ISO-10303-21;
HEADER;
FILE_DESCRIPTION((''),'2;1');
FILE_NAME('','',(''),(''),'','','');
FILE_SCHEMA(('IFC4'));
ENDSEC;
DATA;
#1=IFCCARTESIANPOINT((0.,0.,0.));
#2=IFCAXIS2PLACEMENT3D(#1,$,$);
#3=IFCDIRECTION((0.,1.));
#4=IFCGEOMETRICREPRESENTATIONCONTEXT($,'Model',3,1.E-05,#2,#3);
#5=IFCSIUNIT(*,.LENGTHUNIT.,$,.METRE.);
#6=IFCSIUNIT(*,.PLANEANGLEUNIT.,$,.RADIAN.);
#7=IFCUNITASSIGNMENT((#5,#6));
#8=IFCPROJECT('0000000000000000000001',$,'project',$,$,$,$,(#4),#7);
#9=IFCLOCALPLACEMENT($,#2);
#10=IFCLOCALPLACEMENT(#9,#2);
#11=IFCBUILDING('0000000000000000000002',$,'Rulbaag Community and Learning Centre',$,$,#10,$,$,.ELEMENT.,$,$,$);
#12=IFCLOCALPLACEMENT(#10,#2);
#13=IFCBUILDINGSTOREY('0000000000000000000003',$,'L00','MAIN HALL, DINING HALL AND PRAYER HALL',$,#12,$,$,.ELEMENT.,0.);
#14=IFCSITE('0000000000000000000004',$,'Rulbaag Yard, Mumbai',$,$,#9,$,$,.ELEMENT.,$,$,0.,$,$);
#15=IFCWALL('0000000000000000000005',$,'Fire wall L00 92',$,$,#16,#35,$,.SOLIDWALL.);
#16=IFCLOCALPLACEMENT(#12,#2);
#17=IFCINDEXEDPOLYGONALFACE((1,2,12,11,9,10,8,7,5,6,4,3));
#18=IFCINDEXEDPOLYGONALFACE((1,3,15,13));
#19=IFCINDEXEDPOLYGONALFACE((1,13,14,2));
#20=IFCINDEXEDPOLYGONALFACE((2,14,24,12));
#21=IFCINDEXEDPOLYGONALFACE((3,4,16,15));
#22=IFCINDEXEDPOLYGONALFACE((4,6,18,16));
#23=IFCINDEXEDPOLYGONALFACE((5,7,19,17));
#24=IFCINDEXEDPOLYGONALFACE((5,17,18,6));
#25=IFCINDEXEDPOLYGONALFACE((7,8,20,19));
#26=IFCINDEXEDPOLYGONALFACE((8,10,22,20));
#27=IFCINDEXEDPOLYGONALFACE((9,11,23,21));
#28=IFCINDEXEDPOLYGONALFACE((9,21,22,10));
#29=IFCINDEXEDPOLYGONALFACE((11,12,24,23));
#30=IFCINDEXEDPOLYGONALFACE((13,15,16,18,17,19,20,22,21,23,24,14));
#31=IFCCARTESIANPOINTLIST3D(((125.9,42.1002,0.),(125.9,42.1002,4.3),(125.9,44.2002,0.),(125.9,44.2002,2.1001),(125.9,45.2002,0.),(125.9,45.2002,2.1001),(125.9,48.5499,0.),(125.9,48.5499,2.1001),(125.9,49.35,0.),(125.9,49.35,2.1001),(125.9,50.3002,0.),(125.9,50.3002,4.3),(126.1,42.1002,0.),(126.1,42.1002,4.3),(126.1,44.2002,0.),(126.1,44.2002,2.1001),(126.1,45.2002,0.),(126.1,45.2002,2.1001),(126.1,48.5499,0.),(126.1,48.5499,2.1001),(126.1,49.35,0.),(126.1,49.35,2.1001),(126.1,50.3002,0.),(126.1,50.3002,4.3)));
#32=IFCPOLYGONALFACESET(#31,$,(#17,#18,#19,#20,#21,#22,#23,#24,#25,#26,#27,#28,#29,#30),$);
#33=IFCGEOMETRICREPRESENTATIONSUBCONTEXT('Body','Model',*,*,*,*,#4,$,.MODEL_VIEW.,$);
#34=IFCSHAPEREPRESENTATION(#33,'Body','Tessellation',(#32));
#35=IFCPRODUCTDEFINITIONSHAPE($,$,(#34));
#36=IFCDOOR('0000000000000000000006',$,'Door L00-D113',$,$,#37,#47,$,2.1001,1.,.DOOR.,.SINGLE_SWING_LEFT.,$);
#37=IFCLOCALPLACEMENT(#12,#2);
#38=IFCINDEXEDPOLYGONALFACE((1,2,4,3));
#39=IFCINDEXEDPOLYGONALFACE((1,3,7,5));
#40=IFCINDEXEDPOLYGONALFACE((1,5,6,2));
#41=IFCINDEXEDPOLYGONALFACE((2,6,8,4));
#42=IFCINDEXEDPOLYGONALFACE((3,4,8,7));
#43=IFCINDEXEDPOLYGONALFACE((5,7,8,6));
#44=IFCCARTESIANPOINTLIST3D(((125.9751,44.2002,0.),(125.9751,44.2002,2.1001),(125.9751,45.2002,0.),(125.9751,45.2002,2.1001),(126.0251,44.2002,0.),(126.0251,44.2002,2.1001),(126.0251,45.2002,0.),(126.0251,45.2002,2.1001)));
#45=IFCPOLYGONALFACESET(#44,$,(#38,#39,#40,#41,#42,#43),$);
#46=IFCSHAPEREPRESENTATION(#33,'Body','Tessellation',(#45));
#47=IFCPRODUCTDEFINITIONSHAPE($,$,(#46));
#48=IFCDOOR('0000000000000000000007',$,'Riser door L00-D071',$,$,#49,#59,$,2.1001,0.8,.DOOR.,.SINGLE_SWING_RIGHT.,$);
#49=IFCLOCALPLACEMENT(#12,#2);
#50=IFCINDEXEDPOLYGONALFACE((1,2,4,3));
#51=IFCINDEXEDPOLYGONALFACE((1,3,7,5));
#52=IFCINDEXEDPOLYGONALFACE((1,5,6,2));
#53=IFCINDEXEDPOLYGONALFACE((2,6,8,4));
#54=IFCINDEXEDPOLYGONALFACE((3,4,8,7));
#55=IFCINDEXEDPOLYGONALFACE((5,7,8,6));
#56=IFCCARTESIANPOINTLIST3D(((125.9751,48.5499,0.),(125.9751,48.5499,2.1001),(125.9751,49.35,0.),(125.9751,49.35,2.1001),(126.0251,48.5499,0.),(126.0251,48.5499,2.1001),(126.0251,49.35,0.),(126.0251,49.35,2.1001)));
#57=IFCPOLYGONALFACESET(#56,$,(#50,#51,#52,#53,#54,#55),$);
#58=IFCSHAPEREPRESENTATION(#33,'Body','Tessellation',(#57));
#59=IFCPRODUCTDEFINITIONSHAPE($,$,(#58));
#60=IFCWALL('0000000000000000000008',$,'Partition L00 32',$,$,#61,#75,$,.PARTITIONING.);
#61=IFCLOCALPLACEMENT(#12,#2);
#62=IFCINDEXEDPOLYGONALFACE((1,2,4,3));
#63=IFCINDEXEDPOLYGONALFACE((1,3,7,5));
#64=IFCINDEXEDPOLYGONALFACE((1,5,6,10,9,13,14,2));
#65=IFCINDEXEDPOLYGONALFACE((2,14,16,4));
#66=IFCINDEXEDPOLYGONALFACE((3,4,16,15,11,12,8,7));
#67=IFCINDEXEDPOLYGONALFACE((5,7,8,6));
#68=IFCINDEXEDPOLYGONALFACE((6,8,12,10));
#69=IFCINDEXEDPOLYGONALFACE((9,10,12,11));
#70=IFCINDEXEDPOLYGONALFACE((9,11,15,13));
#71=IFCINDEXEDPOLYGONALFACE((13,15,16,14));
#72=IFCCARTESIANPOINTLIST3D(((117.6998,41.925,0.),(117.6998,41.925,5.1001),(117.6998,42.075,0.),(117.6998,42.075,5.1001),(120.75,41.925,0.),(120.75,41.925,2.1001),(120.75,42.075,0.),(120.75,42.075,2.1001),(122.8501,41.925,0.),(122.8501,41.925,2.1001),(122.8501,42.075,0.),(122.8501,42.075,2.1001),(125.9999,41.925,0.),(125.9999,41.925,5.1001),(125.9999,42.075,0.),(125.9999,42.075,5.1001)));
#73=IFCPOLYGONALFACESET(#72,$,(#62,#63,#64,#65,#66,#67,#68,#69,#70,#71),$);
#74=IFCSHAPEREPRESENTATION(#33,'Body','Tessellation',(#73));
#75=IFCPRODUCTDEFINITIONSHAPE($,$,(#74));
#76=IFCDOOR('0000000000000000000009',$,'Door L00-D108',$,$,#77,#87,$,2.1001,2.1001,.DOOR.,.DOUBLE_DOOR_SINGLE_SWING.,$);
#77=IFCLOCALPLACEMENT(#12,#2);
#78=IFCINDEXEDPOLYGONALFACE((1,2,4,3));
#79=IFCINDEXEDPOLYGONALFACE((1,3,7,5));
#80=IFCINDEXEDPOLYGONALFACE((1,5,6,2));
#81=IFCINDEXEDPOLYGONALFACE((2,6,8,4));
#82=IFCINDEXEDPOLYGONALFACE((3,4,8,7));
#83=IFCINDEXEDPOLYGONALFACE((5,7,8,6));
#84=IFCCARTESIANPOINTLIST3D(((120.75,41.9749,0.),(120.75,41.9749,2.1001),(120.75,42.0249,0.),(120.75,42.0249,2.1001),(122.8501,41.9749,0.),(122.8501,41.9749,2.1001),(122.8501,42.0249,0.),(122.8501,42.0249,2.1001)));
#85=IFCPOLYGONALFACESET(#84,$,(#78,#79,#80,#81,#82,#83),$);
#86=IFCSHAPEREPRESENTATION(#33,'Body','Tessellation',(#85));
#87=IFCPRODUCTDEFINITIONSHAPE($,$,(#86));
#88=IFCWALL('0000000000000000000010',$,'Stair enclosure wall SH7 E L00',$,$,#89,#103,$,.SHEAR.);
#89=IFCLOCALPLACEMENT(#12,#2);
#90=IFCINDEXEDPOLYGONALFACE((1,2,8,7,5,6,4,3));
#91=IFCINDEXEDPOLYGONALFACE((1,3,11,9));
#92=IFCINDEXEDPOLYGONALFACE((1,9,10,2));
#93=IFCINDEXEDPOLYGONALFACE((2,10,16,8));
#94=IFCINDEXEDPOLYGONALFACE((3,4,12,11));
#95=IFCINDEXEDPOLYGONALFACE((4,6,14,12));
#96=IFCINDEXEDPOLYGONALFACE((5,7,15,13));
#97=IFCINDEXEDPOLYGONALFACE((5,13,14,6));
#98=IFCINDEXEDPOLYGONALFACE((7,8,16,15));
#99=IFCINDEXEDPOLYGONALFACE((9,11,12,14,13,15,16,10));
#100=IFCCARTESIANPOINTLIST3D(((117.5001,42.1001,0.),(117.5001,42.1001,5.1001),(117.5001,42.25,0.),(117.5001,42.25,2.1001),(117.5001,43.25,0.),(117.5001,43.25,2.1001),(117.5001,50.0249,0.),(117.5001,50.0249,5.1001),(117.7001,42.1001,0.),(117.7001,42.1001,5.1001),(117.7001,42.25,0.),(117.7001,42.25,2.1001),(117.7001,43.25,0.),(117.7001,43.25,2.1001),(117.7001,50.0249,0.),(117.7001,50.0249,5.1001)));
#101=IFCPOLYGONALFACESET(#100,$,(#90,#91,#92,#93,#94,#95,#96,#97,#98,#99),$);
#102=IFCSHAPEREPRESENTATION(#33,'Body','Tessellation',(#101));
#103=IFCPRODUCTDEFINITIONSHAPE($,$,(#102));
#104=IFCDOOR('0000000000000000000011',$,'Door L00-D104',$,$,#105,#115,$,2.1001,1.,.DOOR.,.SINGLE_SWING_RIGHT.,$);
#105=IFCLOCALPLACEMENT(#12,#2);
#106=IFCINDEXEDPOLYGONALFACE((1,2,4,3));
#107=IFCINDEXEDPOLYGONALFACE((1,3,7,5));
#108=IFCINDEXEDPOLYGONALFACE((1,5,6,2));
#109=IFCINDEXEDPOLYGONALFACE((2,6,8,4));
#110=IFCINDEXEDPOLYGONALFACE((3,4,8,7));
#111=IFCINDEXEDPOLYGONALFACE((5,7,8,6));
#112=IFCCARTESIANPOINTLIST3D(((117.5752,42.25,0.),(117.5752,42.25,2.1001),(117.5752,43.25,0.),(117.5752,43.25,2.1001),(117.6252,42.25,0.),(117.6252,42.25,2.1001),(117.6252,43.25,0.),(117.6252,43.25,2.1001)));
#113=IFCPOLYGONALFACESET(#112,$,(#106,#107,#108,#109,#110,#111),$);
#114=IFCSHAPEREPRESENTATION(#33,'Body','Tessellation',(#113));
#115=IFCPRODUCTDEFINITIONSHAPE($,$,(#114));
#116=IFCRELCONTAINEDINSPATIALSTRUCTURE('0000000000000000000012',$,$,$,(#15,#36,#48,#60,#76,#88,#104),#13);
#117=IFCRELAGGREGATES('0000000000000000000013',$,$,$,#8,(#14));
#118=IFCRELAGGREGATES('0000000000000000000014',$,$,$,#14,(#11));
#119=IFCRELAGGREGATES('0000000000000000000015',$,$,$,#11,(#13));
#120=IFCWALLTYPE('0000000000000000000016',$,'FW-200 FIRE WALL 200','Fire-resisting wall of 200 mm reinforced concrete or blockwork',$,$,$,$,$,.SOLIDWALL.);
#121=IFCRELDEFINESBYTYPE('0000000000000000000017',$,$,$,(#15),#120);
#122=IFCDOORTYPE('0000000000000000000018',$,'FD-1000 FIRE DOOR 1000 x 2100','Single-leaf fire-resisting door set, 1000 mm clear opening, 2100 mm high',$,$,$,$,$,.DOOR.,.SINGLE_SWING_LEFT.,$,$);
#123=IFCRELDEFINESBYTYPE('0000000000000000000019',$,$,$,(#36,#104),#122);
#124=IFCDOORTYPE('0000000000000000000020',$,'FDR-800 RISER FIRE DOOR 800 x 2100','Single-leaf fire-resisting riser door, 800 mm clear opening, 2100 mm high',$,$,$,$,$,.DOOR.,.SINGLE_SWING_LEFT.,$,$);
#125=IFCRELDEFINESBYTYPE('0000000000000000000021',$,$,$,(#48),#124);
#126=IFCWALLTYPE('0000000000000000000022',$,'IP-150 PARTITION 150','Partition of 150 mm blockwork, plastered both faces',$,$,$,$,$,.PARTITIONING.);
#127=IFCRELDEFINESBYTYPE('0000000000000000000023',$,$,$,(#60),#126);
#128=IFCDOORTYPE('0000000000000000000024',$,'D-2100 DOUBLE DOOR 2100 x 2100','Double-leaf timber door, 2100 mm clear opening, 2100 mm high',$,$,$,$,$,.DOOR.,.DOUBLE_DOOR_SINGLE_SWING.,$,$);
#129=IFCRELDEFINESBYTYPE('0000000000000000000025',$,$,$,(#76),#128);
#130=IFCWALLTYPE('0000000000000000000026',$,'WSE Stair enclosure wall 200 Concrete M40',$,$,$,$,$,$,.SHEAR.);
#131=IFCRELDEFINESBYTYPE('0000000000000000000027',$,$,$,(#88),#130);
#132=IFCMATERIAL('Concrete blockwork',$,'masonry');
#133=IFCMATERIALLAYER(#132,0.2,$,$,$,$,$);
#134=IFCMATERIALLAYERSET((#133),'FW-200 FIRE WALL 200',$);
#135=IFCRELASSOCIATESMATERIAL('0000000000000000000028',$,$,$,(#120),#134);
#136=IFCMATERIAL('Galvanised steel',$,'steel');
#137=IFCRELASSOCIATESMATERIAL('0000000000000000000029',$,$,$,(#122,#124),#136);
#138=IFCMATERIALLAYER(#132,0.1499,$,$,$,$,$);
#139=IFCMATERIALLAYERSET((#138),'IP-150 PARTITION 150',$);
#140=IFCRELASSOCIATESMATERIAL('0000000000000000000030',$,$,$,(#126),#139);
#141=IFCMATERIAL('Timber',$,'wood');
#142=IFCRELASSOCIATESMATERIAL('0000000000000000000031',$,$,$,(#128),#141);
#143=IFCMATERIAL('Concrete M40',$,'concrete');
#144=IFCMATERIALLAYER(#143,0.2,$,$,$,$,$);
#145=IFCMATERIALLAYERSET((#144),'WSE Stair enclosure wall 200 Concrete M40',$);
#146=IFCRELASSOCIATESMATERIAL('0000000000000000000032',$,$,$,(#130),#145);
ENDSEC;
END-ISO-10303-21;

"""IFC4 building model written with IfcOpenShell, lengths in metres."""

from ifc_helpers import new_model, si_unit, direction, frame, frame_2d, origin, place, context, subcontext, project, spatial, rectangle, extrude, material, layer, layer_set, type_object, element, fill, save


model = new_model("IFC4")

# Units and contexts
model_context = context("Model", 3, precision=1e-05, world=origin(), true_north=direction((0.0, 1.0)))
body_context = subcontext(model_context, "Body", "Model", "MODEL_VIEW")
ifc_project = project(units=[si_unit("LENGTHUNIT", "METRE"), si_unit("PLANEANGLEUNIT", "RADIAN")], contexts=[model_context])

# Site, building, storey
site_placement = place(None, origin())
site = spatial("IfcSite", under=ifc_project, at=site_placement, Name="Rulbaag Yard, Mumbai", CompositionType="ELEMENT", RefElevation=0.0)
building_placement = place(site_placement, origin())
building = spatial("IfcBuilding", under=site, at=building_placement, Name="Rulbaag Community and Learning Centre", CompositionType="ELEMENT")
storey_placement = place(building_placement, origin())
storey = spatial("IfcBuildingStorey", under=building, at=storey_placement, Name="L00", Description="MAIN HALL, DINING HALL AND PRAYER HALL", CompositionType="ELEMENT", Elevation=0.0)

# Shared definitions
ifc_material_1 = material(Name="Concrete M40", Category="concrete")

# Shared definitions
ifc_material_2 = material(Name="Concrete blockwork", Category="masonry")
ifc_layer_1 = layer(ifc_material_2, 0.2)
ifc_layer_set_1 = layer_set([ifc_layer_1], Name="FW-200 FIRE WALL 200")
wall_type_1 = type_object("IfcWallType", Name="FW-200 FIRE WALL 200", Description="Fire-resisting wall of 200 mm reinforced concrete or blockwork", PredefinedType="SOLIDWALL", material=ifc_layer_set_1)

# Wall, openings, doors
wall_1_placement = place(storey_placement, frame((126.0, 42.1001, 0.0), z_axis=(0.0, 0.0, 1.0), x_axis=(0.0, 1.0, 0.0)))
wall_1 = element("IfcWall", 1, at=wall_1_placement, inside=storey, type_object=wall_type_1, Name="Fire wall L00 92", PredefinedType="SOLIDWALL", context=body_context, shape_type="SweptSolid", body=[
    extrude(rectangle(XDim=8.2, YDim=0.2, at=frame_2d((4.1001, 0.0))), origin(), (0.0, 0.0, 1.0), 4.3),
])
opening_1_placement = place(wall_1_placement, frame((6.45, 0.0, 0.0)))
opening_1 = element("IfcOpeningElement", 2, at=opening_1_placement, cuts=wall_1, PredefinedType="OPENING", context=body_context, shape_type="SweptSolid", body=[
    extrude(rectangle(XDim=0.8, YDim=2.1001, at=frame_2d((0.3999, 1.05))), frame((0.0, 0.1099, 0.0), z_axis=(0.0, -1.0, 0.0), x_axis=(1.0, 0.0, 0.0)), (0.0, 0.0, 1.0), 0.22),
])
opening_2_placement = place(wall_1_placement, frame((2.1001, 0.0, 0.0)))
opening_2 = element("IfcOpeningElement", 3, at=opening_2_placement, cuts=wall_1, PredefinedType="OPENING", context=body_context, shape_type="SweptSolid", body=[
    extrude(rectangle(XDim=1.0, YDim=2.1001, at=frame_2d((0.5, 1.05))), frame((0.0, 0.1099, 0.0), z_axis=(0.0, -1.0, 0.0), x_axis=(1.0, 0.0, 0.0)), (0.0, 0.0, 1.0), 0.22),
])
ifc_material_3 = material(Name="Galvanised steel", Category="steel")
door_type_1 = type_object("IfcDoorType", Name="FD-1000 FIRE DOOR 1000 x 2100", Description="Single-leaf fire-resisting door set, 1000 mm clear opening, 2100 mm high", OperationType="SINGLE_SWING_LEFT", PredefinedType="DOOR", material=ifc_material_3)
door_1_placement = place(opening_2_placement, origin())
door_1 = element("IfcDoor", 4, at=door_1_placement, inside=storey, type_object=door_type_1, Name="Door L00-D113", OperationType="SINGLE_SWING_LEFT", OverallHeight=2.1001, OverallWidth=1.0, PredefinedType="DOOR", context=body_context, shape_type="SweptSolid", body=[
    extrude(rectangle(XDim=1.0, YDim=2.1001, at=frame_2d((0.5, 1.05))), frame((0.0, 0.0249, 0.0), z_axis=(0.0, -1.0, 0.0), x_axis=(1.0, 0.0, 0.0)), (0.0, 0.0, 1.0), 0.05),
])
fill(opening_2, door_1)
door_type_2 = type_object("IfcDoorType", Name="FDR-800 RISER FIRE DOOR 800 x 2100", Description="Single-leaf fire-resisting riser door, 800 mm clear opening, 2100 mm high", OperationType="SINGLE_SWING_LEFT", PredefinedType="DOOR", material=ifc_material_3)
door_2_placement = place(opening_1_placement, origin())
door_2 = element("IfcDoor", 5, at=door_2_placement, inside=storey, type_object=door_type_2, Name="Riser door L00-D071", OperationType="SINGLE_SWING_RIGHT", OverallHeight=2.1001, OverallWidth=0.8, PredefinedType="DOOR", context=body_context, shape_type="SweptSolid", body=[
    extrude(rectangle(XDim=0.8, YDim=2.1001, at=frame_2d((0.3999, 1.05))), frame((0.0, 0.0249, 0.0), z_axis=(0.0, -1.0, 0.0), x_axis=(1.0, 0.0, 0.0)), (0.0, 0.0, 1.0), 0.05),
])
fill(opening_1, door_2)

# Walls, openings, doors
ifc_layer_2 = layer(ifc_material_2, 0.1499)
ifc_layer_set_2 = layer_set([ifc_layer_2], Name="IP-150 PARTITION 150")
wall_type_2 = type_object("IfcWallType", Name="IP-150 PARTITION 150", Description="Partition of 150 mm blockwork, plastered both faces", PredefinedType="PARTITIONING", material=ifc_layer_set_2)
wall_2_placement = place(storey_placement, frame((117.7, 42.0, 0.0), z_axis=(0.0, 0.0, 1.0), x_axis=(1.0, 0.0, 0.0)))
wall_2 = element("IfcWall", 6, at=wall_2_placement, inside=storey, type_object=wall_type_2, Name="Partition L00 32", PredefinedType="PARTITIONING", context=body_context, shape_type="SweptSolid", body=[
    extrude(rectangle(XDim=8.3, YDim=0.1499, at=frame_2d((4.1499, 0.0))), origin(), (0.0, 0.0, 1.0), 5.1001),
])
opening_3_placement = place(wall_2_placement, frame((3.05, 0.0, 0.0)))
opening_3 = element("IfcOpeningElement", 7, at=opening_3_placement, cuts=wall_2, PredefinedType="OPENING", context=body_context, shape_type="SweptSolid", body=[
    extrude(rectangle(XDim=2.1001, YDim=2.1001, at=frame_2d((1.05, 1.05))), frame((0.0, 0.085, 0.0), z_axis=(0.0, -1.0, 0.0), x_axis=(1.0, 0.0, 0.0)), (0.0, 0.0, 1.0), 0.1699),
])
ifc_material_4 = material(Name="Timber", Category="wood")
door_type_3 = type_object("IfcDoorType", Name="D-2100 DOUBLE DOOR 2100 x 2100", Description="Double-leaf timber door, 2100 mm clear opening, 2100 mm high", OperationType="DOUBLE_DOOR_SINGLE_SWING", PredefinedType="DOOR", material=ifc_material_4)
door_3_placement = place(opening_3_placement, origin())
door_3 = element("IfcDoor", 8, at=door_3_placement, inside=storey, type_object=door_type_3, Name="Door L00-D108", OperationType="DOUBLE_DOOR_SINGLE_SWING", OverallHeight=2.1001, OverallWidth=2.1001, PredefinedType="DOOR", context=body_context, shape_type="SweptSolid", body=[
    extrude(rectangle(XDim=2.1001, YDim=2.1001, at=frame_2d((1.05, 1.05))), frame((0.0, 0.0249, 0.0), z_axis=(0.0, -1.0, 0.0), x_axis=(1.0, 0.0, 0.0)), (0.0, 0.0, 1.0), 0.05),
])
fill(opening_3, door_3)
ifc_layer_3 = layer(ifc_material_1, 0.2)
ifc_layer_set_3 = layer_set([ifc_layer_3], Name="WSE Stair enclosure wall 200 Concrete M40")
wall_type_3 = type_object("IfcWallType", Name="WSE Stair enclosure wall 200 Concrete M40", PredefinedType="SHEAR", material=ifc_layer_set_3)
wall_3_placement = place(storey_placement, frame((117.6001, 42.1001, 0.0), z_axis=(0.0, 0.0, 1.0), x_axis=(0.0, 1.0, 0.0)))
wall_3 = element("IfcWall", 9, at=wall_3_placement, inside=storey, type_object=wall_type_3, Name="Stair enclosure wall SH7 E L00", PredefinedType="SHEAR", context=body_context, shape_type="SweptSolid", body=[
    extrude(rectangle(XDim=7.9248, YDim=0.2, at=frame_2d((3.9624, 0.0))), origin(), (0.0, 0.0, 1.0), 5.1001),
])
opening_4_placement = place(wall_3_placement, frame((0.1499, 0.0, 0.0)))
opening_4 = element("IfcOpeningElement", 10, at=opening_4_placement, cuts=wall_3, PredefinedType="OPENING", context=body_context, shape_type="SweptSolid", body=[
    extrude(rectangle(XDim=1.0, YDim=2.1001, at=frame_2d((0.5, 1.05))), frame((0.0, 0.1099, 0.0), z_axis=(0.0, -1.0, 0.0), x_axis=(1.0, 0.0, 0.0)), (0.0, 0.0, 1.0), 0.22),
])
door_4_placement = place(opening_4_placement, origin())
door_4 = element("IfcDoor", 11, at=door_4_placement, inside=storey, type_object=door_type_1, Name="Door L00-D104", OperationType="SINGLE_SWING_RIGHT", OverallHeight=2.1001, OverallWidth=1.0, PredefinedType="DOOR", context=body_context, shape_type="SweptSolid", body=[
    extrude(rectangle(XDim=1.0, YDim=2.1001, at=frame_2d((0.5, 1.05))), frame((0.0, 0.0249, 0.0), z_axis=(0.0, -1.0, 0.0), x_axis=(1.0, 0.0, 0.0)), (0.0, 0.0, 1.0), 0.05),
])
fill(opening_4, door_4)

save(model, "model.ifc")
